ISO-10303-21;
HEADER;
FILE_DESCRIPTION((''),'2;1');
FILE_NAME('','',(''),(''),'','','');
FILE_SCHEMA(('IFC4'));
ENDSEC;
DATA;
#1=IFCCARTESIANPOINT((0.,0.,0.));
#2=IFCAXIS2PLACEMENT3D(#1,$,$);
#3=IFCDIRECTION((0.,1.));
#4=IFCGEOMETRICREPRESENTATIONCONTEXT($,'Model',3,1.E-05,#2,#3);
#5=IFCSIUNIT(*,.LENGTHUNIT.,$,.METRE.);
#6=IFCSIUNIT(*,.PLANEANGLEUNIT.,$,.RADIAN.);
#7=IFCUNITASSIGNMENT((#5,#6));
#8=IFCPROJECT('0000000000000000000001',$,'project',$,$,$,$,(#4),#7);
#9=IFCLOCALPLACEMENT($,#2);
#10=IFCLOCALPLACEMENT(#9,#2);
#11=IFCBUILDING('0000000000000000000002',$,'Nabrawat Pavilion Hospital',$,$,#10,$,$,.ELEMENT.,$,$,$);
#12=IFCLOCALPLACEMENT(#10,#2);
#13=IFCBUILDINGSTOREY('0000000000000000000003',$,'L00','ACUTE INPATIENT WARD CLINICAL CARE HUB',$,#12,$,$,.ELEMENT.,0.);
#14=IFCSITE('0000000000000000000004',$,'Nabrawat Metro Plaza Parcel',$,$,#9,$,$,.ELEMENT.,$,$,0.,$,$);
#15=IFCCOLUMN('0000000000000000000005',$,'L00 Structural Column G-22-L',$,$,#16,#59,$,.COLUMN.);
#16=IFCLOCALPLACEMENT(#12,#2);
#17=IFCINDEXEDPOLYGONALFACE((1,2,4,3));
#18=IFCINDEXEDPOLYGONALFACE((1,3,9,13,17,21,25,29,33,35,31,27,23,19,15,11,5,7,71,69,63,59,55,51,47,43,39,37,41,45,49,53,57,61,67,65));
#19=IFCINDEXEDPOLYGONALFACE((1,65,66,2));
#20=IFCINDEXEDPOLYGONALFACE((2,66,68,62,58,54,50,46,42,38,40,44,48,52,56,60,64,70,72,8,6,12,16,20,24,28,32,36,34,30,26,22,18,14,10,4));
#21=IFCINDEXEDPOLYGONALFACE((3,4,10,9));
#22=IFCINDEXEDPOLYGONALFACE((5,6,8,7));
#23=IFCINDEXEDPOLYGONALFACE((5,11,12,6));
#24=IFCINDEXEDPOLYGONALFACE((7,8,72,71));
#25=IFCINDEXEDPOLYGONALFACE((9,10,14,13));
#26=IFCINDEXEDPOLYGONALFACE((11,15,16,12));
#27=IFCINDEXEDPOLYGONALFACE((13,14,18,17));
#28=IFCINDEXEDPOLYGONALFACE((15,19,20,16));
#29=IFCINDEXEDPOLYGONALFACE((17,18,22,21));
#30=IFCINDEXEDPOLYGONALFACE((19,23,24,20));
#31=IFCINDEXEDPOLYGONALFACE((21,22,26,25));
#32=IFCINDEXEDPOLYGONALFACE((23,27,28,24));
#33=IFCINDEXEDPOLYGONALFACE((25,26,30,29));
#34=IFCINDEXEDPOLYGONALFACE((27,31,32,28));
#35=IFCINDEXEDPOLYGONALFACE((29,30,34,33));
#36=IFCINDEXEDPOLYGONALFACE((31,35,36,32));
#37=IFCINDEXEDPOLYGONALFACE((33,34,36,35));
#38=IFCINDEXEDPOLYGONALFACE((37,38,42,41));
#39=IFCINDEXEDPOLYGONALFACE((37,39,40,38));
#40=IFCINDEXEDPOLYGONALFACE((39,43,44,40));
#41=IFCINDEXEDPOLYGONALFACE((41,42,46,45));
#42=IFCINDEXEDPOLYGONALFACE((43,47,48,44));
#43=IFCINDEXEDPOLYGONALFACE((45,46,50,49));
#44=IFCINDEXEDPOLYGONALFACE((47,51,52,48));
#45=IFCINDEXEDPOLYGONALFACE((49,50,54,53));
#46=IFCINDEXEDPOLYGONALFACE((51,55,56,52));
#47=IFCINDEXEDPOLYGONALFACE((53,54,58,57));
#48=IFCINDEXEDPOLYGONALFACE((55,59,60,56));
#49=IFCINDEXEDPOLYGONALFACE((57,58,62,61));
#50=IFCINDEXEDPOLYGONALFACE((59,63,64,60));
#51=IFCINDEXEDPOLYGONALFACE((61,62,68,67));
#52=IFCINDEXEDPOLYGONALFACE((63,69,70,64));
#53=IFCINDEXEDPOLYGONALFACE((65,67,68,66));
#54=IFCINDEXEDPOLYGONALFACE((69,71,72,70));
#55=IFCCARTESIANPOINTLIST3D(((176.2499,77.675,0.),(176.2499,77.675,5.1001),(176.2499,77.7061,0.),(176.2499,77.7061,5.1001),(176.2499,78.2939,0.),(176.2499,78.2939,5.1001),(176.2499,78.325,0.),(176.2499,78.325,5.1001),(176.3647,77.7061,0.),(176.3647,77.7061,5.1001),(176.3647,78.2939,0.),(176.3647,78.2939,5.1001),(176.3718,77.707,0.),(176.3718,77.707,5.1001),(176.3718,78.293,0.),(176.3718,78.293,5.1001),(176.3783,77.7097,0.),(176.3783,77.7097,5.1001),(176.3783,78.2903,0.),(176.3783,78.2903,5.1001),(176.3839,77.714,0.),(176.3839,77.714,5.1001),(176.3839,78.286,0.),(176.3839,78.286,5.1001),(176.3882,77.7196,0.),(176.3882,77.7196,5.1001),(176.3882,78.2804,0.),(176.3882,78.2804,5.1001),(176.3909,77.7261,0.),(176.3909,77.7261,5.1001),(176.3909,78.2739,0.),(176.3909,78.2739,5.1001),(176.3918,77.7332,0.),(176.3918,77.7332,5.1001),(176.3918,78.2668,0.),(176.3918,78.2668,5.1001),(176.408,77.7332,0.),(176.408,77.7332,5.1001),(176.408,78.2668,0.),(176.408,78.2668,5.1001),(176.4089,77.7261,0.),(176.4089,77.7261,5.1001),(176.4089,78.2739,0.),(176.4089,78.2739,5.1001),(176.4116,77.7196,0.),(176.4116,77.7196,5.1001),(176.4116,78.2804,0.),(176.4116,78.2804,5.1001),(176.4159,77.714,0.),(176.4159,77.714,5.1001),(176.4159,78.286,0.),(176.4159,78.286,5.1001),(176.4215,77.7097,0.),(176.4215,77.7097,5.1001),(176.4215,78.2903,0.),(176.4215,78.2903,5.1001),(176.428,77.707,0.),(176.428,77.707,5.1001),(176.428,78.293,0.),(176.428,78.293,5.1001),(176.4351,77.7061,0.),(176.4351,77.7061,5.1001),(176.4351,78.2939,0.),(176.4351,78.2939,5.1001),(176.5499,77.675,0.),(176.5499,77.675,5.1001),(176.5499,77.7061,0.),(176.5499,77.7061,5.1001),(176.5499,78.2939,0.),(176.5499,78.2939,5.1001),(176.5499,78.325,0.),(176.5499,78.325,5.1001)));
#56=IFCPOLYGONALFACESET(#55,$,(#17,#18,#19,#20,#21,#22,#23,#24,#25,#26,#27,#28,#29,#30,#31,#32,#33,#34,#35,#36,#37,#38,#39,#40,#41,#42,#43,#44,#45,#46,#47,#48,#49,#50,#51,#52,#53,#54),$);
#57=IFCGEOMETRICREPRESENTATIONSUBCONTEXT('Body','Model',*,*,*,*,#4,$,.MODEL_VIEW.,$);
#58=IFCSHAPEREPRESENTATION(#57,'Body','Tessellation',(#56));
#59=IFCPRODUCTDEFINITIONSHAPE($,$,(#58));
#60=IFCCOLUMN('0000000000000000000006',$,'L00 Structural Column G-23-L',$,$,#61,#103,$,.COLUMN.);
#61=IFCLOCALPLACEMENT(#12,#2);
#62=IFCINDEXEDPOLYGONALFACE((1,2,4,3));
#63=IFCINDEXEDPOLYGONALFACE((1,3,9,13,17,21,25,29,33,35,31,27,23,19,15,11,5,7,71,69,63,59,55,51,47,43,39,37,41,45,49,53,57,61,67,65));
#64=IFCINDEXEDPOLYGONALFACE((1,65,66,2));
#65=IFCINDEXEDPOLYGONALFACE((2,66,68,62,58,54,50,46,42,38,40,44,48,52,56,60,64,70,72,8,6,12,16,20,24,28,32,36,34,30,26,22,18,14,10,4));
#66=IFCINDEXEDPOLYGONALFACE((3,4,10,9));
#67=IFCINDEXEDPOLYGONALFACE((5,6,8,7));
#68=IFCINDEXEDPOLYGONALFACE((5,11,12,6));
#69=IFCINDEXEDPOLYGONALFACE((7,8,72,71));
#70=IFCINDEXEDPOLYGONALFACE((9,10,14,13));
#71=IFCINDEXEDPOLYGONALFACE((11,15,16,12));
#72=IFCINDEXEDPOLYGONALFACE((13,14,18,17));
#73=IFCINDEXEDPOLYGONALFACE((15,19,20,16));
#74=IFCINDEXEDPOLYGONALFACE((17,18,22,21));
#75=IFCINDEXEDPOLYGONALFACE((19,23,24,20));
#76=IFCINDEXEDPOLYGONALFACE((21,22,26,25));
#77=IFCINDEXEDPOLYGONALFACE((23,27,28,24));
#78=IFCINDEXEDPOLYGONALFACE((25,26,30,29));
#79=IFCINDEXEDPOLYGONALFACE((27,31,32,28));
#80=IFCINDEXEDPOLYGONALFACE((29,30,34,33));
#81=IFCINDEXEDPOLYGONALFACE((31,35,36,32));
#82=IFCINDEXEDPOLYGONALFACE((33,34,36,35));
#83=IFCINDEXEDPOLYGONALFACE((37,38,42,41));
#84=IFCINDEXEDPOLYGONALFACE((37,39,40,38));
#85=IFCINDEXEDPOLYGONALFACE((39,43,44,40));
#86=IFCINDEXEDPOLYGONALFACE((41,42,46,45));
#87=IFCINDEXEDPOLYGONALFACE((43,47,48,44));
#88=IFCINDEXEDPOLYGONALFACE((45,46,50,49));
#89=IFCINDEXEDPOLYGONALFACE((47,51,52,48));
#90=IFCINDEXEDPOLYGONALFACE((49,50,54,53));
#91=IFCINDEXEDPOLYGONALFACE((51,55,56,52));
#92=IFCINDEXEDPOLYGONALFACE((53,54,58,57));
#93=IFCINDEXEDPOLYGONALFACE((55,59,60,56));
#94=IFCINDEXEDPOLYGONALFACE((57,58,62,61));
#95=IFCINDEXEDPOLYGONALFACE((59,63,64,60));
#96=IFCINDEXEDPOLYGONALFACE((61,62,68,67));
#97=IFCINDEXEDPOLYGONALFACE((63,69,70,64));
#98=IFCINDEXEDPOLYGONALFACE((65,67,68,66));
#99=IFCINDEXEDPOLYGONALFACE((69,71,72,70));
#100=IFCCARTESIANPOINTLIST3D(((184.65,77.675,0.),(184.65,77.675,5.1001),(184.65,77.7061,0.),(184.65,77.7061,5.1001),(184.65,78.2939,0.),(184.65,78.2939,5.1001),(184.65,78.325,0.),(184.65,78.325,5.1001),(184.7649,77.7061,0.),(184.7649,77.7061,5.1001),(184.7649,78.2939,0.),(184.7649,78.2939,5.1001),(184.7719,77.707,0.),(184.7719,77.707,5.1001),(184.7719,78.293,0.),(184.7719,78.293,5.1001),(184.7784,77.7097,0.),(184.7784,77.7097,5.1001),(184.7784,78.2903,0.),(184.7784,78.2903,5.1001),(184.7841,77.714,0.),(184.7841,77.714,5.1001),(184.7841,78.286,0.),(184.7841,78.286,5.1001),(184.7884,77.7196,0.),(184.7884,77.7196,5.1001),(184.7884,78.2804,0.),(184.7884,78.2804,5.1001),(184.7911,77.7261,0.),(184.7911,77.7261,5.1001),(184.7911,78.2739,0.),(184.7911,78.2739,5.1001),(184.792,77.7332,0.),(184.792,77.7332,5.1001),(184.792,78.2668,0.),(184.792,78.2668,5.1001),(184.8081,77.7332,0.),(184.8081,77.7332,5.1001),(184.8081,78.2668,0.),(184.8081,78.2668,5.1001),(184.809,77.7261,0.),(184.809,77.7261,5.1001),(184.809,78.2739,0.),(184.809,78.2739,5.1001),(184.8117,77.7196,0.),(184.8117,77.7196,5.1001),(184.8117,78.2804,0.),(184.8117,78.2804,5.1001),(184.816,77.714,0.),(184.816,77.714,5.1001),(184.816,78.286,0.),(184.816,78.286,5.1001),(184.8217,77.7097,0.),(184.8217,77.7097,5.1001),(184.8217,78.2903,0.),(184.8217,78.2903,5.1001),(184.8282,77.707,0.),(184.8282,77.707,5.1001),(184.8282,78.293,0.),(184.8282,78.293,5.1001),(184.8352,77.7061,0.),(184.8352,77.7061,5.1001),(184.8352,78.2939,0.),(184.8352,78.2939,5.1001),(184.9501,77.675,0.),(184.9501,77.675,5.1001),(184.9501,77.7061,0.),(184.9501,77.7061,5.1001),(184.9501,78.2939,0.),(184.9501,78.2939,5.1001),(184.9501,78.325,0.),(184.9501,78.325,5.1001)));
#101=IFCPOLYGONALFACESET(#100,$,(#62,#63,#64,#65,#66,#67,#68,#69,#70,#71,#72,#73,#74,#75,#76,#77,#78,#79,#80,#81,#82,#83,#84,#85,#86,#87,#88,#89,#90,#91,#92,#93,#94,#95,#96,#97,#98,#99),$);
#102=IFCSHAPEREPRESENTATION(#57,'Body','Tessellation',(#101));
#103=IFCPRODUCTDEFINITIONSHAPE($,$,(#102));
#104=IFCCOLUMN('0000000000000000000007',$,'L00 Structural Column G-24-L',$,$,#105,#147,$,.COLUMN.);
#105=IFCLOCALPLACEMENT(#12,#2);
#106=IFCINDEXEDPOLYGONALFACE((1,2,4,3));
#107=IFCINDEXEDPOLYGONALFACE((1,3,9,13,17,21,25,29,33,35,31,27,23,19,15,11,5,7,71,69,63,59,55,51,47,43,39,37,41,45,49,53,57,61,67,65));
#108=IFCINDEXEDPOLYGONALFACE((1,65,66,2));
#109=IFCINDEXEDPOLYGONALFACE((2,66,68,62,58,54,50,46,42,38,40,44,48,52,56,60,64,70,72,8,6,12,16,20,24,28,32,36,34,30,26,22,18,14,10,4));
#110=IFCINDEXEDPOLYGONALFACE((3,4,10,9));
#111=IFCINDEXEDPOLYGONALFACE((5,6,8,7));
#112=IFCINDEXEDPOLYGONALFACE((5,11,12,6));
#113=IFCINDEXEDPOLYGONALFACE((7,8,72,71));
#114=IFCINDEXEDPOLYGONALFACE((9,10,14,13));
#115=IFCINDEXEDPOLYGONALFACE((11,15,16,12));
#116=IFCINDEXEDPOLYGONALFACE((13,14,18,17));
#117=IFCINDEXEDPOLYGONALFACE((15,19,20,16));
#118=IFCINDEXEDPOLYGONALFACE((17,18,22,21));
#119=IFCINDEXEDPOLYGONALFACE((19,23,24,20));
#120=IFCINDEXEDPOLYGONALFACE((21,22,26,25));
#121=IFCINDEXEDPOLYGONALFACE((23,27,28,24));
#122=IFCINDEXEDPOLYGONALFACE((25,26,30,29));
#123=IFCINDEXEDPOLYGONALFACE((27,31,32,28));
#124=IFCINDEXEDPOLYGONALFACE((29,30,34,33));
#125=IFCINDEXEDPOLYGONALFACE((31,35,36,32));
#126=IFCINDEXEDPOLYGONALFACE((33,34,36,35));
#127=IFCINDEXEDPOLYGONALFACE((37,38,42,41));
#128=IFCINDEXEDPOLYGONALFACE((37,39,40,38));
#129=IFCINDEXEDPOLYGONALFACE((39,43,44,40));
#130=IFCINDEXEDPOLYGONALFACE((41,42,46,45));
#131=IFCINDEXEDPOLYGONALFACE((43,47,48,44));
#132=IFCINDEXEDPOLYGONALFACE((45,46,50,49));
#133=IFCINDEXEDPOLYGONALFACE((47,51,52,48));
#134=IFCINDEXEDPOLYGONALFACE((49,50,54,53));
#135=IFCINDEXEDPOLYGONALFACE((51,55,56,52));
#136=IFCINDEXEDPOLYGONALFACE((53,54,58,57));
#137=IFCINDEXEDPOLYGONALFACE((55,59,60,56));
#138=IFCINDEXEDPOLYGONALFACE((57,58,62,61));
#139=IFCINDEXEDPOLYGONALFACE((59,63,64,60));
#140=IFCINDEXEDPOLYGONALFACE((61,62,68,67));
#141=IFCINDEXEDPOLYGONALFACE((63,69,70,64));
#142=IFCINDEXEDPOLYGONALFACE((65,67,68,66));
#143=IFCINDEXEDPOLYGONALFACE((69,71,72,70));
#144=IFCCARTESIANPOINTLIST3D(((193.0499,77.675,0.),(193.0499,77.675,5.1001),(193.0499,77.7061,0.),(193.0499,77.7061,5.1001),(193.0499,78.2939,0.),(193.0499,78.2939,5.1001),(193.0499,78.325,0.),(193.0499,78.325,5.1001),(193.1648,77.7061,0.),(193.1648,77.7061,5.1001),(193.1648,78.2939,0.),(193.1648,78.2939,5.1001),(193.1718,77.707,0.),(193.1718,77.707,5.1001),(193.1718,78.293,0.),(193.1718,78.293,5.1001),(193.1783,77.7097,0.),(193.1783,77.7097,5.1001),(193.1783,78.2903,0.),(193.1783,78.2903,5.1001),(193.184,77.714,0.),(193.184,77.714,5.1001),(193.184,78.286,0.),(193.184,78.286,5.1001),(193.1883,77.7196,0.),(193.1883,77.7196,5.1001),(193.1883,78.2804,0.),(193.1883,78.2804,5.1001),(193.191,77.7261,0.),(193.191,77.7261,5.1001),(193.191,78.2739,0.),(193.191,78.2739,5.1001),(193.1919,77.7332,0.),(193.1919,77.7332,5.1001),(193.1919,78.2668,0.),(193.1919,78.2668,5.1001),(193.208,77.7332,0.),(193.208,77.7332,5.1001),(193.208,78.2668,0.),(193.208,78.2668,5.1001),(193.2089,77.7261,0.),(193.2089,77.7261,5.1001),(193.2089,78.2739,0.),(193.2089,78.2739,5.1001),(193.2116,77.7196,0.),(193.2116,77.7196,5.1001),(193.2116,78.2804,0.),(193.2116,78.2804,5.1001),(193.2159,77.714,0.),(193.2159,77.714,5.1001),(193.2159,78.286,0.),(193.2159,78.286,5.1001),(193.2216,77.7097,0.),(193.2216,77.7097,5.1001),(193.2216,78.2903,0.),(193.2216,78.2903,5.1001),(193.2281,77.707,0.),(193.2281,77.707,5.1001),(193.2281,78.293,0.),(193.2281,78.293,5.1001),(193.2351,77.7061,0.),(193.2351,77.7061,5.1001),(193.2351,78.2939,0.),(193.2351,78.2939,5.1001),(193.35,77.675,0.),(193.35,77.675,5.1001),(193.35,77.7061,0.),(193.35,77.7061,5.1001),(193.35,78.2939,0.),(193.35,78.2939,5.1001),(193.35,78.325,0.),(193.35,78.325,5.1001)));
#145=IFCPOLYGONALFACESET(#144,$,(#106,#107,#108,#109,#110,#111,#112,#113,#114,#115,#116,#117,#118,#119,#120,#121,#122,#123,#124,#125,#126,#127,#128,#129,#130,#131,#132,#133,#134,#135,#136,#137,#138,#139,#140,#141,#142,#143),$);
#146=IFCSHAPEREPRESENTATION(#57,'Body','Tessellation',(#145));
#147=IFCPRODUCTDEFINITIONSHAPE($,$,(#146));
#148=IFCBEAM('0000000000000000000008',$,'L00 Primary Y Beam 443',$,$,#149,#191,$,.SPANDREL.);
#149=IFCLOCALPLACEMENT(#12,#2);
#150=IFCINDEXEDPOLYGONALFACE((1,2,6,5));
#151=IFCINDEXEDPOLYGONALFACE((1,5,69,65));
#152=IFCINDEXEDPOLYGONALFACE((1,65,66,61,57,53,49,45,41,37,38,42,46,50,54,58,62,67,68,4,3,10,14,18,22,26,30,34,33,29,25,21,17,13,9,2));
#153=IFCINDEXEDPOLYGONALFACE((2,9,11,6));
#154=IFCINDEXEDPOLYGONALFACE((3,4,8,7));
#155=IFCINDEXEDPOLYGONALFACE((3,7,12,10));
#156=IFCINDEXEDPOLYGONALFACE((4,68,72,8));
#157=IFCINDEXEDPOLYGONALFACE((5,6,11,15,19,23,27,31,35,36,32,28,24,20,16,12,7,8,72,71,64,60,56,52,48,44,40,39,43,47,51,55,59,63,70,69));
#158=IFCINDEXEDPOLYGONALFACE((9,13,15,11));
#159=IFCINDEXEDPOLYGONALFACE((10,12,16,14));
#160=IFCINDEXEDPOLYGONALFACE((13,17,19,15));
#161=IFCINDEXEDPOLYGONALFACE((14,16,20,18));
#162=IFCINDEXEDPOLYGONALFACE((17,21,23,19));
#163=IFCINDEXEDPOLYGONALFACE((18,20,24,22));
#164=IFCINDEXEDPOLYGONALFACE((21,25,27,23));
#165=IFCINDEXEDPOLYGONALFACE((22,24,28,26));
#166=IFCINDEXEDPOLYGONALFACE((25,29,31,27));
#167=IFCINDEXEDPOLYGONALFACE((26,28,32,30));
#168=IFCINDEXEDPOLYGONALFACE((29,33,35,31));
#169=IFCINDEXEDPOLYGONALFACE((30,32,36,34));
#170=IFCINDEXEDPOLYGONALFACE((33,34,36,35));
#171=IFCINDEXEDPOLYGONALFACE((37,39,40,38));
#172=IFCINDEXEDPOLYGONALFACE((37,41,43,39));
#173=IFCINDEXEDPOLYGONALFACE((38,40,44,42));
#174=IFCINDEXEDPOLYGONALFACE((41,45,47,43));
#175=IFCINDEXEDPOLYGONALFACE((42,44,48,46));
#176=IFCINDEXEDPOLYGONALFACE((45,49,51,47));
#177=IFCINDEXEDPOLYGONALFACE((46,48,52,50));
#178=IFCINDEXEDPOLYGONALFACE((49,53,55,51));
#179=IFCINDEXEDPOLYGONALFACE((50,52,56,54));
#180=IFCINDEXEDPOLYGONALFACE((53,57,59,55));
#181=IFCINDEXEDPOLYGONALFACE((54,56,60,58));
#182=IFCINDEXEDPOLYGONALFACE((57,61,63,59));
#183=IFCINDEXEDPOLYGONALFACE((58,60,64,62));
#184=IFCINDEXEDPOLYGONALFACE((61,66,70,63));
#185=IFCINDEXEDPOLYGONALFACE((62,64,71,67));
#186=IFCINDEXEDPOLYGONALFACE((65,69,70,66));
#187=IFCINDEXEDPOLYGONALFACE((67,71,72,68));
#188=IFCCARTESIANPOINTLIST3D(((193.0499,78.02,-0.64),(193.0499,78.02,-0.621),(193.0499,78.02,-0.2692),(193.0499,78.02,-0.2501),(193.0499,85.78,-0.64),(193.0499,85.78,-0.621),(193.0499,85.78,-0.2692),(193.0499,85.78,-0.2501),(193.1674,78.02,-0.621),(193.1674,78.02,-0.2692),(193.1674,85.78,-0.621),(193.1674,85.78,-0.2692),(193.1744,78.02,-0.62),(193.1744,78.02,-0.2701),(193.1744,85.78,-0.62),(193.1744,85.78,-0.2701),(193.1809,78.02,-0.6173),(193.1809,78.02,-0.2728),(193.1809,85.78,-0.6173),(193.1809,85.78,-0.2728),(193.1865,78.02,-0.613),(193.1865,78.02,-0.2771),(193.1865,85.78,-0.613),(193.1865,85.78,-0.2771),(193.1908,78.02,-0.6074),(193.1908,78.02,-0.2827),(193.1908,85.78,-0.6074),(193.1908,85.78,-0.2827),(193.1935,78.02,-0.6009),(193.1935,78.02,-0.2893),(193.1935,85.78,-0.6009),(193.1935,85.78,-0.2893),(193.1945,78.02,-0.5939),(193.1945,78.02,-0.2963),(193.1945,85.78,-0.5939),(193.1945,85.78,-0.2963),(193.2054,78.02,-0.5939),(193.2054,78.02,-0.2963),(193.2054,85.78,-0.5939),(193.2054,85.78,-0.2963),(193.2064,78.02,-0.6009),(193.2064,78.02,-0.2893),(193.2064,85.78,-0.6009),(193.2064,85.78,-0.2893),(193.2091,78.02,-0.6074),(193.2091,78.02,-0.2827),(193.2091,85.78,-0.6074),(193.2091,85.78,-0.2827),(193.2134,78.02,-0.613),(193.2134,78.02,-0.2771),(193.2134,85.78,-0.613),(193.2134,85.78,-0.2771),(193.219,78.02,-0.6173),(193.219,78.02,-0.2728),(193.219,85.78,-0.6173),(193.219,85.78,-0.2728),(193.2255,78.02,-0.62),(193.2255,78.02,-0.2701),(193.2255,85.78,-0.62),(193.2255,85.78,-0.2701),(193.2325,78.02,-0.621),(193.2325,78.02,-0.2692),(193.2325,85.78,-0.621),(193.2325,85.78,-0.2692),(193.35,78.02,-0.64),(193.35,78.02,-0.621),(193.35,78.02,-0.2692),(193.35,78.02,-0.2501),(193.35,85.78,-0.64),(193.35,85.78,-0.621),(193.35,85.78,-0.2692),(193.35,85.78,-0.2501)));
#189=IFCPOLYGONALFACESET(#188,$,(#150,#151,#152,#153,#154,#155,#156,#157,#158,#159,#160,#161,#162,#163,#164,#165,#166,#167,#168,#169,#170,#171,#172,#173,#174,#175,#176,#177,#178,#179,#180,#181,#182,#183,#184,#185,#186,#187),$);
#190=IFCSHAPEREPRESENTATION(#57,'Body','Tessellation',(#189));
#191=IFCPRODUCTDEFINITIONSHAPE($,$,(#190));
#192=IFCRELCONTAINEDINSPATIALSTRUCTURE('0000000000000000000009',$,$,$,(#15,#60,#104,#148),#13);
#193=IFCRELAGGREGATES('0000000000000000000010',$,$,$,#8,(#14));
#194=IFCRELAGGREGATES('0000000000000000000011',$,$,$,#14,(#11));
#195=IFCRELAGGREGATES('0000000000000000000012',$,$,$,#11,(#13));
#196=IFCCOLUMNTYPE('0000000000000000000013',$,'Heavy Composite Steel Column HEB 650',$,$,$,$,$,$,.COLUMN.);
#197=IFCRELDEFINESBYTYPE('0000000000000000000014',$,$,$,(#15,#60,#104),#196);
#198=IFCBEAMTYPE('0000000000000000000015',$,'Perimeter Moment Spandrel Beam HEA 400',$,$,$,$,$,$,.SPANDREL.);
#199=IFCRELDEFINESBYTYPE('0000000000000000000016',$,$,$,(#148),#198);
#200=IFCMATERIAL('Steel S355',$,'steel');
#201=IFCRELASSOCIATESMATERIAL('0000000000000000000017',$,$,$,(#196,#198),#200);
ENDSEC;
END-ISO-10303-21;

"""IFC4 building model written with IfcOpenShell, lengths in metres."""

from ifc_helpers import new_model, si_unit, direction, frame, origin, origin_2d, place, context, subcontext, project, spatial, i_section, extrude, material, material_profile, profile_set, type_object, element, save


model = new_model("IFC4")

# Units and contexts
model_context = context("Model", 3, precision=1e-05, world=origin(), true_north=direction((0.0, 1.0)))
body_context = subcontext(model_context, "Body", "Model", "MODEL_VIEW")
ifc_project = project(units=[si_unit("LENGTHUNIT", "METRE"), si_unit("PLANEANGLEUNIT", "RADIAN")], contexts=[model_context])

# Site, building, storey
site_placement = place(None, origin())
site = spatial("IfcSite", under=ifc_project, at=site_placement, Name="Nabrawat Metro Plaza Parcel", CompositionType="ELEMENT", RefElevation=0.0)
building_placement = place(site_placement, origin())
building = spatial("IfcBuilding", under=site, at=building_placement, Name="Nabrawat Pavilion Hospital", CompositionType="ELEMENT")
storey_placement = place(building_placement, origin())
storey = spatial("IfcBuildingStorey", under=building, at=storey_placement, Name="L00", Description="ACUTE INPATIENT WARD CLINICAL CARE HUB", CompositionType="ELEMENT", Elevation=0.0)

# Columns
ifc_material_1 = material(Name="Steel S355", Category="steel")
ifc_material_profile_1 = material_profile(ifc_material_1, i_section(OverallWidth=0.3, OverallDepth=0.6499, WebThickness=0.0161, FlangeThickness=0.031, FilletRadius=0.0271, at=origin_2d()), Name="HEB 650")
ifc_profile_set_1 = profile_set([ifc_material_profile_1], Name="Steel S355")
column_type = type_object("IfcColumnType", Name="Heavy Composite Steel Column HEB 650", PredefinedType="COLUMN", material=ifc_profile_set_1)
for number, where, z_axis, x_axis, name in (
    (1, (176.3999, 78.0, 0.0), (0.0, 0.0, 1.0), (1.0, 0.0, 0.0), "L00 Structural Column G-22-L"),
    (2, (184.8, 78.0, 0.0), (0.0, 0.0, 1.0), (1.0, 0.0, 0.0), "L00 Structural Column G-23-L"),
    (3, (193.2, 78.0, 0.0), (0.0, 0.0, 1.0), (1.0, 0.0, 0.0), "L00 Structural Column G-24-L"),
):
    element("IfcColumn", number, at=place(storey_placement, frame(where, z_axis=z_axis, x_axis=x_axis)), inside=storey, type_object=column_type, Name=name, PredefinedType="COLUMN", context=body_context, shape_type="SweptSolid", body=[
        extrude(i_section(OverallWidth=0.3, OverallDepth=0.6499, WebThickness=0.0161, FlangeThickness=0.031, FilletRadius=0.0271, at=origin_2d()), origin(), (0.0, 0.0, 1.0), 5.1001),
    ])

# Beam
ifc_material_profile_2 = material_profile(ifc_material_1, i_section(OverallWidth=0.3, OverallDepth=0.3899, WebThickness=0.011, FlangeThickness=0.019, FilletRadius=0.0271, at=origin_2d()), Name="HEA 400")
ifc_profile_set_2 = profile_set([ifc_material_profile_2], Name="Steel S355")
beam_type_1 = type_object("IfcBeamType", Name="Perimeter Moment Spandrel Beam HEA 400", PredefinedType="SPANDREL", material=ifc_profile_set_2)
beam_1_placement = place(storey_placement, frame((193.2, 78.02, -0.4451), z_axis=(0.0, 1.0, 0.0), x_axis=(-1.0, 0.0, 0.0)))
element("IfcBeam", 4, at=beam_1_placement, inside=storey, type_object=beam_type_1, Name="L00 Primary Y Beam 443", PredefinedType="SPANDREL", context=body_context, shape_type="SweptSolid", body=[
    extrude(i_section(OverallWidth=0.3, OverallDepth=0.3899, WebThickness=0.011, FlangeThickness=0.019, FilletRadius=0.0271, at=origin_2d()), origin(), (0.0, 0.0, 1.0), 7.76),
])

save(model, "model.ifc")
